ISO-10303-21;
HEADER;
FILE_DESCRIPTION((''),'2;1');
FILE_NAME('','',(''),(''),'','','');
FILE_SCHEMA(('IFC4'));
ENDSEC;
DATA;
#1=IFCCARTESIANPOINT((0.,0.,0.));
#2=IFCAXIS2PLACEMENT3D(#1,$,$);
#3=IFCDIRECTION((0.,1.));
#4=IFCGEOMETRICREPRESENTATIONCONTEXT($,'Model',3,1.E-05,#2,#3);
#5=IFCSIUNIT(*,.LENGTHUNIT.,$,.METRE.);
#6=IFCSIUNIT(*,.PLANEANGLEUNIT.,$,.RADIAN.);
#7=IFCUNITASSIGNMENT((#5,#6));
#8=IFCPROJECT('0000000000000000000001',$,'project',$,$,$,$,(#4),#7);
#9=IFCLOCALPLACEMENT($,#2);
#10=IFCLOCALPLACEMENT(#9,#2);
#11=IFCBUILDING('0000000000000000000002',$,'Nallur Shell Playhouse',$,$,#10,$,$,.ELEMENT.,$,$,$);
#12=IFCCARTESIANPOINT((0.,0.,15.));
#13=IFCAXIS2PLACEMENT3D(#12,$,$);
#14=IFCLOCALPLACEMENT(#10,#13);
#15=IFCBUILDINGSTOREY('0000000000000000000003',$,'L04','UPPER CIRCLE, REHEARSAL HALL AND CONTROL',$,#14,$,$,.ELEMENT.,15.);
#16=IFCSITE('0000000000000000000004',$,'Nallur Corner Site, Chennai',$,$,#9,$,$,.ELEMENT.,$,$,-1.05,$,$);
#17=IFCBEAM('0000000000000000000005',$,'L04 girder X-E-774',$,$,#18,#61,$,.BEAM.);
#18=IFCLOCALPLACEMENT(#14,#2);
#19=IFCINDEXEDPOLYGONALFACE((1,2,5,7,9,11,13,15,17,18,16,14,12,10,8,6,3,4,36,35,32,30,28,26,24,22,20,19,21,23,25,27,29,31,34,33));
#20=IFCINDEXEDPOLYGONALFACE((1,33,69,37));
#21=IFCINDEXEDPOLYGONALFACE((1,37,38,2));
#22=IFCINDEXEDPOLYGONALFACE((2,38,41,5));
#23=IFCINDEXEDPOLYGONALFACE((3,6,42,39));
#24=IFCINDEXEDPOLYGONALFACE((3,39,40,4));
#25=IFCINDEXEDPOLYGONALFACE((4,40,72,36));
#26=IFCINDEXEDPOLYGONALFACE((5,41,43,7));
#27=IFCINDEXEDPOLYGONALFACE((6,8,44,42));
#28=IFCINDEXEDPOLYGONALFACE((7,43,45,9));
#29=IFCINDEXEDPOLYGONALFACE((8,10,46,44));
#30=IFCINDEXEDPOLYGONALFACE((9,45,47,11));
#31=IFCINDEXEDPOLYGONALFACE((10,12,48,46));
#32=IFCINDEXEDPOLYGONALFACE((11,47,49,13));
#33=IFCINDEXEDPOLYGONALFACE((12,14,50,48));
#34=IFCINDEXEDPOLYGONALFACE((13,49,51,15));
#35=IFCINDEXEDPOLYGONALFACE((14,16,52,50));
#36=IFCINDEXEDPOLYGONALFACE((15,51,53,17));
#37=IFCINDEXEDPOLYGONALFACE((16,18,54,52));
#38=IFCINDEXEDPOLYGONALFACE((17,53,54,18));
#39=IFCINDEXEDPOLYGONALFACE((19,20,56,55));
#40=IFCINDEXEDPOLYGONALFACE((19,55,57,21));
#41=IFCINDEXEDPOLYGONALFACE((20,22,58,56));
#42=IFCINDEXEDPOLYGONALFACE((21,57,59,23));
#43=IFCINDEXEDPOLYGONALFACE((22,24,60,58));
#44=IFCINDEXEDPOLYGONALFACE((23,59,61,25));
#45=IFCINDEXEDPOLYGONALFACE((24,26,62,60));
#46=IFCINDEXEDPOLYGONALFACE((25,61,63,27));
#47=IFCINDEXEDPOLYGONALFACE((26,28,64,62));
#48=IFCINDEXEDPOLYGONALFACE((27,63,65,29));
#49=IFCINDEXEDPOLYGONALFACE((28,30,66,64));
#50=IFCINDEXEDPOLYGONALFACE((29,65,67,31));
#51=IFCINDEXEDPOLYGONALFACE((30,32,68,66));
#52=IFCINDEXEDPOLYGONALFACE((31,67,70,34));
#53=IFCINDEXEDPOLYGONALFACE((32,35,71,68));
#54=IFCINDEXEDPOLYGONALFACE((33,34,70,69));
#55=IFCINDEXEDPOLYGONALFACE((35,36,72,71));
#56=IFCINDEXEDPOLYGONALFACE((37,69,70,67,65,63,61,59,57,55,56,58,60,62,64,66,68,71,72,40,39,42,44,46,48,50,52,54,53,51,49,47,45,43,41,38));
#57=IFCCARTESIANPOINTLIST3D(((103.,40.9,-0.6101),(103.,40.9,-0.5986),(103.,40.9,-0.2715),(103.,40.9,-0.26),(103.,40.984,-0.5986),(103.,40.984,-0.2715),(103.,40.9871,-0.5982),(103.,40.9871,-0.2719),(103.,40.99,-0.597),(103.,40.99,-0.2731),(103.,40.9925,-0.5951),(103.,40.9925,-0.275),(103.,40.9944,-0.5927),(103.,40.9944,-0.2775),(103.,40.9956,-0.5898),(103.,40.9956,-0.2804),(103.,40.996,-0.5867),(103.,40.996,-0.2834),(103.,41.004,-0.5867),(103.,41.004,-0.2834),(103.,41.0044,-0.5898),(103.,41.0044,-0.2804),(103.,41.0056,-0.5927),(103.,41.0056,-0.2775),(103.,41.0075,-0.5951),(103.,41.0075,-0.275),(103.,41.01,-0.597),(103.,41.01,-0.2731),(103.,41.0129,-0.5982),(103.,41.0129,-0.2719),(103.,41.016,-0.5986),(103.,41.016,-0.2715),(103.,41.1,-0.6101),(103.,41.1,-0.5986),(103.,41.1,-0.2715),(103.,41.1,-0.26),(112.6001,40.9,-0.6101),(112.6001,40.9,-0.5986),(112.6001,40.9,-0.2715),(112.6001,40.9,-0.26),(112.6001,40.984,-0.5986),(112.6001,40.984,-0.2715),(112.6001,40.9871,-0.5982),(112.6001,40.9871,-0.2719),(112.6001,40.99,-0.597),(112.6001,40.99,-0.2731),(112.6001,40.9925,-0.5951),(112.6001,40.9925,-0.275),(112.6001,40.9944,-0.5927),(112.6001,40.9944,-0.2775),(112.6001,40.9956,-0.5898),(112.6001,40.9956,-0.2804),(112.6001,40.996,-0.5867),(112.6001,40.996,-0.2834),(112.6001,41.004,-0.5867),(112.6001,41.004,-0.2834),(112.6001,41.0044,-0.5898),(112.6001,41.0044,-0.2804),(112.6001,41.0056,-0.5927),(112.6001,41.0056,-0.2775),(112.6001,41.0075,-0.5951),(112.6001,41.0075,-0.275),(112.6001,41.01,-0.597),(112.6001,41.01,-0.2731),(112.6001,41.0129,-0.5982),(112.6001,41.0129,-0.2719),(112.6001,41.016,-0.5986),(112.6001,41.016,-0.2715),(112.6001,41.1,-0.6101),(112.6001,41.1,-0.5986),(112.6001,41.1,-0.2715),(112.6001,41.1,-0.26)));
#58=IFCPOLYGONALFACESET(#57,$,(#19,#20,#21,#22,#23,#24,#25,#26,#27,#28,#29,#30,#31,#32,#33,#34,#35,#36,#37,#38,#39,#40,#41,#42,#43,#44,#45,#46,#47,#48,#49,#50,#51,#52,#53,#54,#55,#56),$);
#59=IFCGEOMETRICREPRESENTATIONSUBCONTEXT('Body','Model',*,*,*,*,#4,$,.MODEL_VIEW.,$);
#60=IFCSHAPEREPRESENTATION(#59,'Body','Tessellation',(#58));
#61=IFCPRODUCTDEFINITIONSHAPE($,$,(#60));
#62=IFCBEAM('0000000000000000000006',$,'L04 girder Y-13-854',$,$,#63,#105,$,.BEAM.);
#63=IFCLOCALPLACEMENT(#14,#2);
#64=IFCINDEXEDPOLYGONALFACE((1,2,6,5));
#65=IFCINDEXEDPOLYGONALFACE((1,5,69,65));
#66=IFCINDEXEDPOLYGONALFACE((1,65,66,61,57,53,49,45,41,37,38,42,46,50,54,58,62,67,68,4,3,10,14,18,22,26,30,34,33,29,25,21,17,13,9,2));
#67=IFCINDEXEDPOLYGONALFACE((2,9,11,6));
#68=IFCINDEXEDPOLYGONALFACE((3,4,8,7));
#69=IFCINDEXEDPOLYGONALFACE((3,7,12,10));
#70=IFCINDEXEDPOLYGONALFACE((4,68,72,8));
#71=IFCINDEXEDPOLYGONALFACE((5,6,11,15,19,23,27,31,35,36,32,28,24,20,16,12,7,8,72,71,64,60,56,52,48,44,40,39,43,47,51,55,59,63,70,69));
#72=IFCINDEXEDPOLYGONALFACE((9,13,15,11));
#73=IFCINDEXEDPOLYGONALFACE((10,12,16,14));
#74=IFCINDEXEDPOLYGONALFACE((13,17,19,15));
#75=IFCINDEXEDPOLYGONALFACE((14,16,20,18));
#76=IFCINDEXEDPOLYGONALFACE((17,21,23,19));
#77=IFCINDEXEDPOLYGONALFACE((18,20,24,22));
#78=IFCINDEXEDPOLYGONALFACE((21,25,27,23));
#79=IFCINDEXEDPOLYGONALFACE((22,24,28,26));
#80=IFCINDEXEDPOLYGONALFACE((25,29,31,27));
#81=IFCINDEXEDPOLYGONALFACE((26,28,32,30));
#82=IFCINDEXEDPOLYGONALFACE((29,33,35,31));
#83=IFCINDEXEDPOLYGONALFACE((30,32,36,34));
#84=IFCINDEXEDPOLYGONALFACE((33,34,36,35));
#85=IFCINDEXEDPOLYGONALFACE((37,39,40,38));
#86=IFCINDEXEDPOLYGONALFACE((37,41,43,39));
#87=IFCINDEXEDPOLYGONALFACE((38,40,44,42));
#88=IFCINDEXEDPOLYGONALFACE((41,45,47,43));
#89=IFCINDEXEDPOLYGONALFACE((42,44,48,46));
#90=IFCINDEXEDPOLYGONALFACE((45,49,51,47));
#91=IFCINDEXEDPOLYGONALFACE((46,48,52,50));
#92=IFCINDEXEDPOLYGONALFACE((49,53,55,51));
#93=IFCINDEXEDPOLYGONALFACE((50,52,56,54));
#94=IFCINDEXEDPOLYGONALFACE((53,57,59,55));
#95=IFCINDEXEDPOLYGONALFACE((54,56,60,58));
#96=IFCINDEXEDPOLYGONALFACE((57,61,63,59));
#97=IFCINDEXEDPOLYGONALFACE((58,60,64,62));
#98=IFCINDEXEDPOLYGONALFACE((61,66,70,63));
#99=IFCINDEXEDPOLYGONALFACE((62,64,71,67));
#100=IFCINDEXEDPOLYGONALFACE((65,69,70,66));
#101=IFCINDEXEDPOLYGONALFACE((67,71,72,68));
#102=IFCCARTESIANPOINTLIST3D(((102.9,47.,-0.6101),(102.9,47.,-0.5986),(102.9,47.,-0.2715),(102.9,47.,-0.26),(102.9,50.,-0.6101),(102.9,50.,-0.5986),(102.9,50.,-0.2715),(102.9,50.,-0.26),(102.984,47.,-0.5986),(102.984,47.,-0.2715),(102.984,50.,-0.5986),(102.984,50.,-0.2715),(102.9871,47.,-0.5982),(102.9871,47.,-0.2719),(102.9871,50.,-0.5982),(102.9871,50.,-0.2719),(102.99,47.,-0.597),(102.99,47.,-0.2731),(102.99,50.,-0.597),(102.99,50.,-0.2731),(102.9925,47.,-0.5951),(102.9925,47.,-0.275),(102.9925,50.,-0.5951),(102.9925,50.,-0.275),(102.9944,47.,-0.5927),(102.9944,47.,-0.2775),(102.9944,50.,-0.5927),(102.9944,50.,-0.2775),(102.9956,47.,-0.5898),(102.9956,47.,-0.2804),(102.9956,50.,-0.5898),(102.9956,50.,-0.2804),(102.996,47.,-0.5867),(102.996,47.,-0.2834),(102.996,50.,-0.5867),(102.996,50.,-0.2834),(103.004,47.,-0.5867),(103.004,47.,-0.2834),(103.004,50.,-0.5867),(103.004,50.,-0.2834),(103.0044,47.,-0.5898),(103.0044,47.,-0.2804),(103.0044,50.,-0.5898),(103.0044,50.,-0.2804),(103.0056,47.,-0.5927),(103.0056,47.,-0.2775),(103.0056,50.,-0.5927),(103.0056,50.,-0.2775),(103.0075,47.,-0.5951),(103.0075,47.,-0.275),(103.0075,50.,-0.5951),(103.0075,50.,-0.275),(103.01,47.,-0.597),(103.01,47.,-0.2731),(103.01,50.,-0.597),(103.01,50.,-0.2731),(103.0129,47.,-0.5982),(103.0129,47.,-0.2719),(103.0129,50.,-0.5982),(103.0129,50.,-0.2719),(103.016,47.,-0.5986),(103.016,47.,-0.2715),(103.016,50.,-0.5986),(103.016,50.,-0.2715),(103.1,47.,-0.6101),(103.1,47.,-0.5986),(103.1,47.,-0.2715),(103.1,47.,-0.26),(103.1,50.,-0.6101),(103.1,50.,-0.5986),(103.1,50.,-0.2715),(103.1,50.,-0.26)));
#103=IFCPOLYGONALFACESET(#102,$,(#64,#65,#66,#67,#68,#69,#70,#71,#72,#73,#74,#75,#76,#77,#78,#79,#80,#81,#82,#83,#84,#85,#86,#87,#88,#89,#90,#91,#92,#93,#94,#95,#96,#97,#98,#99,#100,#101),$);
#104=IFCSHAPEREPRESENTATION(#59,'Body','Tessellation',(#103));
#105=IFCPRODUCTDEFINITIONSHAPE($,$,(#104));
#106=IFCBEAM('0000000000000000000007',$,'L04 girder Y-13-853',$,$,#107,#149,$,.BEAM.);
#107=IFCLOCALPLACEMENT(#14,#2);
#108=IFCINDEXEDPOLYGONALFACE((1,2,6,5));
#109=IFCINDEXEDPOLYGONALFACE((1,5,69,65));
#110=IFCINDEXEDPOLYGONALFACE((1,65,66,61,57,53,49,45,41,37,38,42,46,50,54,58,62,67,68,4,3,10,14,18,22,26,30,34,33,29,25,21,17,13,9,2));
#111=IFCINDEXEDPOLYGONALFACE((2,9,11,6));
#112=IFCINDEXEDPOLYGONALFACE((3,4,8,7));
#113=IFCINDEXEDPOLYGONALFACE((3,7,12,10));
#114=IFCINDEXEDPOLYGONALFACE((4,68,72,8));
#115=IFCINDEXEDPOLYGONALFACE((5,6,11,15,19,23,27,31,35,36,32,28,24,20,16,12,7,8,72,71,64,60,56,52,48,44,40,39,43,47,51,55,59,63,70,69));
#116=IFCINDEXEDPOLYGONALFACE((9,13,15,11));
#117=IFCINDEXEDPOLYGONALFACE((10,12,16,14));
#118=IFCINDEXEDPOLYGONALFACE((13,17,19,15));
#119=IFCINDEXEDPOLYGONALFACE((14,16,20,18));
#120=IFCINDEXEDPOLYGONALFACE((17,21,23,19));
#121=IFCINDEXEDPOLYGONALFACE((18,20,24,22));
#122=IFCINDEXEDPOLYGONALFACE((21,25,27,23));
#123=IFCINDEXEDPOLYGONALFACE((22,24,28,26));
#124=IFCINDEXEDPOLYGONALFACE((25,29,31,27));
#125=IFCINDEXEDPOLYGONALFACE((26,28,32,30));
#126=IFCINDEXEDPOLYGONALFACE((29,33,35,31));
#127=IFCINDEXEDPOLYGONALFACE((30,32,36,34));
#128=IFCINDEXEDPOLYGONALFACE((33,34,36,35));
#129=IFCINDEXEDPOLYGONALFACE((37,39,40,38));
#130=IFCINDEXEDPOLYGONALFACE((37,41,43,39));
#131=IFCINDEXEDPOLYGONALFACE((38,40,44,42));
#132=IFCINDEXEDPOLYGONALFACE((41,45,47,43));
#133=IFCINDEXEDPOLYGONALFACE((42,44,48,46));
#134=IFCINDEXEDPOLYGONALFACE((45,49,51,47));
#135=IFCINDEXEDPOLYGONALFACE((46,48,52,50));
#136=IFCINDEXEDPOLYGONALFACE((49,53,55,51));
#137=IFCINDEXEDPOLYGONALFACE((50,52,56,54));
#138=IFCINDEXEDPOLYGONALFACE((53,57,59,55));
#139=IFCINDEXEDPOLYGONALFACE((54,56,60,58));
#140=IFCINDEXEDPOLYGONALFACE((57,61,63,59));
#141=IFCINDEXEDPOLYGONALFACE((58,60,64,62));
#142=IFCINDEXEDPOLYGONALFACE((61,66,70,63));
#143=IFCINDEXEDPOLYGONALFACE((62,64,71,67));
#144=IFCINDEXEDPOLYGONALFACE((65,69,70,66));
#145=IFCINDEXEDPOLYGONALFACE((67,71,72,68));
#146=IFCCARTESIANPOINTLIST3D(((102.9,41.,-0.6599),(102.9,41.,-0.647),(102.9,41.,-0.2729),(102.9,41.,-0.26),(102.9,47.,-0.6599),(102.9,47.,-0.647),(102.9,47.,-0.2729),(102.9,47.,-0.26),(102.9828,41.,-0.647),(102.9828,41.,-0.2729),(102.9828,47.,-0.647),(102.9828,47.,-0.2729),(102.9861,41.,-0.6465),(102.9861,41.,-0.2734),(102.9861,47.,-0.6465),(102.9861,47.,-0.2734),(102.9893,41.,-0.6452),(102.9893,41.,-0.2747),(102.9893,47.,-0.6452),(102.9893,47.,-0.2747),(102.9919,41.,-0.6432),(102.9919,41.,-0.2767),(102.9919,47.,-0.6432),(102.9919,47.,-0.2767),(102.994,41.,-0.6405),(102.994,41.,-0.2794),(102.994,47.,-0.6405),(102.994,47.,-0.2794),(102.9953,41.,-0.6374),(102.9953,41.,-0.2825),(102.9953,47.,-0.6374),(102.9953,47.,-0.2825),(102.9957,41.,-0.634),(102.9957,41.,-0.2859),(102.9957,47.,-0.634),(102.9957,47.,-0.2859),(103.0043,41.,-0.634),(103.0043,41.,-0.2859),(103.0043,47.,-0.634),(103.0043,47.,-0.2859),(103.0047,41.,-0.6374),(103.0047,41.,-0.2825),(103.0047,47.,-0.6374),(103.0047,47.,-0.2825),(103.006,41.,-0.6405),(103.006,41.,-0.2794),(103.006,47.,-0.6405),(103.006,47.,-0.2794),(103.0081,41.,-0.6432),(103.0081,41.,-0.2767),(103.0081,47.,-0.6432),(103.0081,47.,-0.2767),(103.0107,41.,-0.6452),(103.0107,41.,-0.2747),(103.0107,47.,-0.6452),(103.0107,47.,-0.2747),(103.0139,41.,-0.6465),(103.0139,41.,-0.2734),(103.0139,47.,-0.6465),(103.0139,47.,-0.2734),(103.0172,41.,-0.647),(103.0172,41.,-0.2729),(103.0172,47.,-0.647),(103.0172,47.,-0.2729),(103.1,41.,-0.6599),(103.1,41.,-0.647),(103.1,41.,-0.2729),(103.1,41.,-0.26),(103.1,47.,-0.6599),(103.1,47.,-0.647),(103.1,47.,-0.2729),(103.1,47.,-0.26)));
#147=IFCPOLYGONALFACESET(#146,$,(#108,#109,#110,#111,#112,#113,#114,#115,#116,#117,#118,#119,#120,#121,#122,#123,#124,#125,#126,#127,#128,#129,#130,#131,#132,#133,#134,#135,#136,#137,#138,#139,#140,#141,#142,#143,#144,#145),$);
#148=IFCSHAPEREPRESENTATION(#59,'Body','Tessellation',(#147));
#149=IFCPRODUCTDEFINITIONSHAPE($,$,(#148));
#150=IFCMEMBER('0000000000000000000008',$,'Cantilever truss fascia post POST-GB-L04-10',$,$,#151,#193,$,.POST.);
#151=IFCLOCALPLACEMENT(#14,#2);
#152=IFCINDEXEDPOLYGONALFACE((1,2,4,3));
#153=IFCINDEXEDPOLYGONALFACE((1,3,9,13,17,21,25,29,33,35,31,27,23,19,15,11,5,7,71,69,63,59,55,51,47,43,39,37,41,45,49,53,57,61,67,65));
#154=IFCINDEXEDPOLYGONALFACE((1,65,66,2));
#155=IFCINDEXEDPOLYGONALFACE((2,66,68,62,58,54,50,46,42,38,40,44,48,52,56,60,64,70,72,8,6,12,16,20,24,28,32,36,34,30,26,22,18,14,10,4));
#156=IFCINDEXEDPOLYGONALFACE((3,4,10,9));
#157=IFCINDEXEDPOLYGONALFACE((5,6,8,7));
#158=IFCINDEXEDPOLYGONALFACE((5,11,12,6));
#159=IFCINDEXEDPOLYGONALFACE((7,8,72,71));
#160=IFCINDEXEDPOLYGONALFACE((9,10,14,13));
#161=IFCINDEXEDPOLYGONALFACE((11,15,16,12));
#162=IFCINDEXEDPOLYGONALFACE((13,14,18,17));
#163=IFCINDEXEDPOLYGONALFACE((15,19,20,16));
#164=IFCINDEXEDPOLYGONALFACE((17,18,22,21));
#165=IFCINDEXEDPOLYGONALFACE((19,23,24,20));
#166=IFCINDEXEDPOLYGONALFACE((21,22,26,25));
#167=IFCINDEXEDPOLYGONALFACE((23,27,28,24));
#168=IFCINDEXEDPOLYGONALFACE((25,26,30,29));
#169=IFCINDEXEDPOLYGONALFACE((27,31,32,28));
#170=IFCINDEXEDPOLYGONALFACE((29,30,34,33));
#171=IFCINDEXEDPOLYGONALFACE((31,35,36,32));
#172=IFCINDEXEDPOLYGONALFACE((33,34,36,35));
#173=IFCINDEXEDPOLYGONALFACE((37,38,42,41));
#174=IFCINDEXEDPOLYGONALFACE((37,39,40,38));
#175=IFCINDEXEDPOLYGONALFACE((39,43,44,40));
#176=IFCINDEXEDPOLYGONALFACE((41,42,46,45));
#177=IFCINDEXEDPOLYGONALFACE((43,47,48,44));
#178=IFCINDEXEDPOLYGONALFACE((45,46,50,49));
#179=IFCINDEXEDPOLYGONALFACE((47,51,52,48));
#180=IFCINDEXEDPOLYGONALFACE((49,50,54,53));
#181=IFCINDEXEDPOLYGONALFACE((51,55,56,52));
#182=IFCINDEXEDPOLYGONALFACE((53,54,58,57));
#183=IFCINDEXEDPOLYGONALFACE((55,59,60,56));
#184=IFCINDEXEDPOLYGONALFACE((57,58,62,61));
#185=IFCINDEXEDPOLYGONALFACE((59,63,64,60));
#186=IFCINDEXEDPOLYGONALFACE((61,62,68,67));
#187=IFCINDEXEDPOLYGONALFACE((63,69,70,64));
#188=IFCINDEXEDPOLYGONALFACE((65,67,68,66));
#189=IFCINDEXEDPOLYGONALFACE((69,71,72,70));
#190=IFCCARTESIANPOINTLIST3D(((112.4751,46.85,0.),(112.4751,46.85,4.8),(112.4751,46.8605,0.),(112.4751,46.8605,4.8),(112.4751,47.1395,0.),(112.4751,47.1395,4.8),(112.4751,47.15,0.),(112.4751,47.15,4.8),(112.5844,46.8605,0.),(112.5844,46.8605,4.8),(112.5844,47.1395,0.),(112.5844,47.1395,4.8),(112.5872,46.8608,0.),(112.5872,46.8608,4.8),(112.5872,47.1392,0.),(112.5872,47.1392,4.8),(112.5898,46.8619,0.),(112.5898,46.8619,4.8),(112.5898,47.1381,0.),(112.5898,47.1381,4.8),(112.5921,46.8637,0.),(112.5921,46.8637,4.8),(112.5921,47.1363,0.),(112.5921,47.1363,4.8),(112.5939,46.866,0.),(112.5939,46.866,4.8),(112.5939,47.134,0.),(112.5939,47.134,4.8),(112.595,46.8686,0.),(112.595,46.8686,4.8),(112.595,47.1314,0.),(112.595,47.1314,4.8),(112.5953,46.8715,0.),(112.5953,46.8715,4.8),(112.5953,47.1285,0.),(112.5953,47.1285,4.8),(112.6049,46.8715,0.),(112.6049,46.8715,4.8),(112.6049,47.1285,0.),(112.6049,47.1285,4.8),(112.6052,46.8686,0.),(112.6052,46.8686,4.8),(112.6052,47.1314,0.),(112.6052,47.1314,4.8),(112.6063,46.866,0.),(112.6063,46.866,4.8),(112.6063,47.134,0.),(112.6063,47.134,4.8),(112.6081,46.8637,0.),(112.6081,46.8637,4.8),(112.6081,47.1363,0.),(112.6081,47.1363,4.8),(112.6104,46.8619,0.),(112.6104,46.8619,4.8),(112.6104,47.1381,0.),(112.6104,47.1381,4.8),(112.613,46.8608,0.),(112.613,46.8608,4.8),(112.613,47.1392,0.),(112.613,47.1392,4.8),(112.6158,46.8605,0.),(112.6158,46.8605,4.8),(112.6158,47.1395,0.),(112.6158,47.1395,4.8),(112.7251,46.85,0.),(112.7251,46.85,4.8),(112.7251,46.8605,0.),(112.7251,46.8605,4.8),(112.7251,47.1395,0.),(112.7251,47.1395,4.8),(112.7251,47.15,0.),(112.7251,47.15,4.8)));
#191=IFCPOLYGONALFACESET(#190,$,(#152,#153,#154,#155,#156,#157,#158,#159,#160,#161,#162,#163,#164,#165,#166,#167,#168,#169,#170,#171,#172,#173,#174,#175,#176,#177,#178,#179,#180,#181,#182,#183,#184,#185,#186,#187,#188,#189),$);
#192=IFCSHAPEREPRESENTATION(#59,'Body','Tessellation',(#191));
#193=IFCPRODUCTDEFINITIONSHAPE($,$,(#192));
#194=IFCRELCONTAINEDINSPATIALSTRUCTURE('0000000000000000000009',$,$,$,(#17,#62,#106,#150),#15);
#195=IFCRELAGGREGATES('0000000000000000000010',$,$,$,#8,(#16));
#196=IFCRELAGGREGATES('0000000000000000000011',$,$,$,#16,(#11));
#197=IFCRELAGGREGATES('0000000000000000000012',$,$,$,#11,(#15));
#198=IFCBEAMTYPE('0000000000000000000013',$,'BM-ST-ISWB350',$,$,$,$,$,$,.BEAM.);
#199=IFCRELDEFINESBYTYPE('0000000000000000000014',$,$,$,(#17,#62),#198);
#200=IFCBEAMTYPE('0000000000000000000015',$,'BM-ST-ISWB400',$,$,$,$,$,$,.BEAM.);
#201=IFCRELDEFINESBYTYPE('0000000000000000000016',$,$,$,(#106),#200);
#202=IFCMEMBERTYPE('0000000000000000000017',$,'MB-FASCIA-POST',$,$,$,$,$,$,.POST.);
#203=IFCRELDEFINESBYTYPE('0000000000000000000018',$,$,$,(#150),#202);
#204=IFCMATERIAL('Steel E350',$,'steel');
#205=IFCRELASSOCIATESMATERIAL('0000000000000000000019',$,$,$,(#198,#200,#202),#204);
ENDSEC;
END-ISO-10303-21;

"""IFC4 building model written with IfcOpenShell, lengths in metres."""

from ifc_helpers import new_model, si_unit, direction, frame, origin, origin_2d, place, context, subcontext, project, spatial, i_section, extrude, material, material_profile, profile_set, type_object, element, save


model = new_model("IFC4")

# Units and contexts
model_context = context("Model", 3, precision=1e-05, world=origin(), true_north=direction((0.0, 1.0)))
body_context = subcontext(model_context, "Body", "Model", "MODEL_VIEW")
ifc_project = project(units=[si_unit("LENGTHUNIT", "METRE"), si_unit("PLANEANGLEUNIT", "RADIAN")], contexts=[model_context])

# Site, building, storey
site_placement = place(None, origin())
site = spatial("IfcSite", under=ifc_project, at=site_placement, Name="Nallur Corner Site, Chennai", CompositionType="ELEMENT", RefElevation=-1.05)
building_placement = place(site_placement, origin())
building = spatial("IfcBuilding", under=site, at=building_placement, Name="Nallur Shell Playhouse", CompositionType="ELEMENT")
storey_placement = place(building_placement, frame((0.0, 0.0, 15.0)))
storey = spatial("IfcBuildingStorey", under=building, at=storey_placement, Name="L04", Description="UPPER CIRCLE, REHEARSAL HALL AND CONTROL", CompositionType="ELEMENT", Elevation=15.0)

# Shared definitions
ifc_material_1 = material(Name="Steel E350", Category="steel")

# Beams
ifc_material_profile_1 = material_profile(ifc_material_1, i_section(OverallWidth=0.2, OverallDepth=0.3501, WebThickness=0.0081, FlangeThickness=0.0115, FilletRadius=0.012, at=origin_2d()), Name="ISWB 350")
ifc_profile_set_1 = profile_set([ifc_material_profile_1], Name="Steel E350")
beam_type_1 = type_object("IfcBeamType", Name="BM-ST-ISWB350", PredefinedType="BEAM", material=ifc_profile_set_1)
beam_1_placement = place(storey_placement, frame((103.0, 41.0, -0.4351), z_axis=(1.0, 0.0, 0.0), x_axis=(0.0, 1.0, 0.0)))
element("IfcBeam", 1, at=beam_1_placement, inside=storey, type_object=beam_type_1, Name="L04 girder X-E-774", PredefinedType="BEAM", context=body_context, shape_type="SweptSolid", body=[
    extrude(i_section(OverallWidth=0.2, OverallDepth=0.3501, WebThickness=0.0081, FlangeThickness=0.0115, FilletRadius=0.012, at=origin_2d()), origin(), (0.0, 0.0, 1.0), 9.6001),
])
beam_2_placement = place(storey_placement, frame((103.0, 47.0, -0.4351), z_axis=(0.0, 1.0, 0.0), x_axis=(-1.0, 0.0, 0.0)))
element("IfcBeam", 2, at=beam_2_placement, inside=storey, type_object=beam_type_1, Name="L04 girder Y-13-854", PredefinedType="BEAM", context=body_context, shape_type="SweptSolid", body=[
    extrude(i_section(OverallWidth=0.2, OverallDepth=0.3501, WebThickness=0.0081, FlangeThickness=0.0115, FilletRadius=0.012, at=origin_2d()), origin(), (0.0, 0.0, 1.0), 3.0),
])
ifc_material_profile_2 = material_profile(ifc_material_1, i_section(OverallWidth=0.2, OverallDepth=0.3999, WebThickness=0.0085, FlangeThickness=0.0129, FilletRadius=0.0129, at=origin_2d()), Name="ISWB 400")
ifc_profile_set_2 = profile_set([ifc_material_profile_2], Name="Steel E350")
beam_type_2 = type_object("IfcBeamType", Name="BM-ST-ISWB400", PredefinedType="BEAM", material=ifc_profile_set_2)
beam_3_placement = place(storey_placement, frame((103.0, 41.0, -0.46), z_axis=(0.0, 1.0, 0.0), x_axis=(-1.0, 0.0, 0.0)))
element("IfcBeam", 3, at=beam_3_placement, inside=storey, type_object=beam_type_2, Name="L04 girder Y-13-853", PredefinedType="BEAM", context=body_context, shape_type="SweptSolid", body=[
    extrude(i_section(OverallWidth=0.2, OverallDepth=0.3999, WebThickness=0.0085, FlangeThickness=0.0129, FilletRadius=0.0129, at=origin_2d()), origin(), (0.0, 0.0, 1.0), 6.0),
])

# Member
ifc_material_profile_3 = material_profile(ifc_material_1, i_section(OverallWidth=0.25, OverallDepth=0.3, WebThickness=0.0095, FlangeThickness=0.0105, FilletRadius=0.011, at=origin_2d()), Name="ISHB 300")
ifc_profile_set_3 = profile_set([ifc_material_profile_3], Name="Steel E350")
member_type_1 = type_object("IfcMemberType", Name="MB-FASCIA-POST", PredefinedType="POST", material=ifc_profile_set_3)
for number, where, z_axis, x_axis, name in (
    (4, (112.6001, 47.0, 0.0), (0.0, 0.0, 1.0), (1.0, 0.0, 0.0), "Cantilever truss fascia post POST-GB-L04-10"),
):
    element("IfcMember", number, at=place(storey_placement, frame(where, z_axis=z_axis, x_axis=x_axis)), inside=storey, type_object=member_type_1, Name=name, PredefinedType="POST", context=body_context, shape_type="SweptSolid", body=[
        extrude(i_section(OverallWidth=0.25, OverallDepth=0.3, WebThickness=0.0095, FlangeThickness=0.0105, FilletRadius=0.011, at=origin_2d()), origin(), (0.0, 0.0, 1.0), 4.8),
    ])

save(model, "model.ifc")
